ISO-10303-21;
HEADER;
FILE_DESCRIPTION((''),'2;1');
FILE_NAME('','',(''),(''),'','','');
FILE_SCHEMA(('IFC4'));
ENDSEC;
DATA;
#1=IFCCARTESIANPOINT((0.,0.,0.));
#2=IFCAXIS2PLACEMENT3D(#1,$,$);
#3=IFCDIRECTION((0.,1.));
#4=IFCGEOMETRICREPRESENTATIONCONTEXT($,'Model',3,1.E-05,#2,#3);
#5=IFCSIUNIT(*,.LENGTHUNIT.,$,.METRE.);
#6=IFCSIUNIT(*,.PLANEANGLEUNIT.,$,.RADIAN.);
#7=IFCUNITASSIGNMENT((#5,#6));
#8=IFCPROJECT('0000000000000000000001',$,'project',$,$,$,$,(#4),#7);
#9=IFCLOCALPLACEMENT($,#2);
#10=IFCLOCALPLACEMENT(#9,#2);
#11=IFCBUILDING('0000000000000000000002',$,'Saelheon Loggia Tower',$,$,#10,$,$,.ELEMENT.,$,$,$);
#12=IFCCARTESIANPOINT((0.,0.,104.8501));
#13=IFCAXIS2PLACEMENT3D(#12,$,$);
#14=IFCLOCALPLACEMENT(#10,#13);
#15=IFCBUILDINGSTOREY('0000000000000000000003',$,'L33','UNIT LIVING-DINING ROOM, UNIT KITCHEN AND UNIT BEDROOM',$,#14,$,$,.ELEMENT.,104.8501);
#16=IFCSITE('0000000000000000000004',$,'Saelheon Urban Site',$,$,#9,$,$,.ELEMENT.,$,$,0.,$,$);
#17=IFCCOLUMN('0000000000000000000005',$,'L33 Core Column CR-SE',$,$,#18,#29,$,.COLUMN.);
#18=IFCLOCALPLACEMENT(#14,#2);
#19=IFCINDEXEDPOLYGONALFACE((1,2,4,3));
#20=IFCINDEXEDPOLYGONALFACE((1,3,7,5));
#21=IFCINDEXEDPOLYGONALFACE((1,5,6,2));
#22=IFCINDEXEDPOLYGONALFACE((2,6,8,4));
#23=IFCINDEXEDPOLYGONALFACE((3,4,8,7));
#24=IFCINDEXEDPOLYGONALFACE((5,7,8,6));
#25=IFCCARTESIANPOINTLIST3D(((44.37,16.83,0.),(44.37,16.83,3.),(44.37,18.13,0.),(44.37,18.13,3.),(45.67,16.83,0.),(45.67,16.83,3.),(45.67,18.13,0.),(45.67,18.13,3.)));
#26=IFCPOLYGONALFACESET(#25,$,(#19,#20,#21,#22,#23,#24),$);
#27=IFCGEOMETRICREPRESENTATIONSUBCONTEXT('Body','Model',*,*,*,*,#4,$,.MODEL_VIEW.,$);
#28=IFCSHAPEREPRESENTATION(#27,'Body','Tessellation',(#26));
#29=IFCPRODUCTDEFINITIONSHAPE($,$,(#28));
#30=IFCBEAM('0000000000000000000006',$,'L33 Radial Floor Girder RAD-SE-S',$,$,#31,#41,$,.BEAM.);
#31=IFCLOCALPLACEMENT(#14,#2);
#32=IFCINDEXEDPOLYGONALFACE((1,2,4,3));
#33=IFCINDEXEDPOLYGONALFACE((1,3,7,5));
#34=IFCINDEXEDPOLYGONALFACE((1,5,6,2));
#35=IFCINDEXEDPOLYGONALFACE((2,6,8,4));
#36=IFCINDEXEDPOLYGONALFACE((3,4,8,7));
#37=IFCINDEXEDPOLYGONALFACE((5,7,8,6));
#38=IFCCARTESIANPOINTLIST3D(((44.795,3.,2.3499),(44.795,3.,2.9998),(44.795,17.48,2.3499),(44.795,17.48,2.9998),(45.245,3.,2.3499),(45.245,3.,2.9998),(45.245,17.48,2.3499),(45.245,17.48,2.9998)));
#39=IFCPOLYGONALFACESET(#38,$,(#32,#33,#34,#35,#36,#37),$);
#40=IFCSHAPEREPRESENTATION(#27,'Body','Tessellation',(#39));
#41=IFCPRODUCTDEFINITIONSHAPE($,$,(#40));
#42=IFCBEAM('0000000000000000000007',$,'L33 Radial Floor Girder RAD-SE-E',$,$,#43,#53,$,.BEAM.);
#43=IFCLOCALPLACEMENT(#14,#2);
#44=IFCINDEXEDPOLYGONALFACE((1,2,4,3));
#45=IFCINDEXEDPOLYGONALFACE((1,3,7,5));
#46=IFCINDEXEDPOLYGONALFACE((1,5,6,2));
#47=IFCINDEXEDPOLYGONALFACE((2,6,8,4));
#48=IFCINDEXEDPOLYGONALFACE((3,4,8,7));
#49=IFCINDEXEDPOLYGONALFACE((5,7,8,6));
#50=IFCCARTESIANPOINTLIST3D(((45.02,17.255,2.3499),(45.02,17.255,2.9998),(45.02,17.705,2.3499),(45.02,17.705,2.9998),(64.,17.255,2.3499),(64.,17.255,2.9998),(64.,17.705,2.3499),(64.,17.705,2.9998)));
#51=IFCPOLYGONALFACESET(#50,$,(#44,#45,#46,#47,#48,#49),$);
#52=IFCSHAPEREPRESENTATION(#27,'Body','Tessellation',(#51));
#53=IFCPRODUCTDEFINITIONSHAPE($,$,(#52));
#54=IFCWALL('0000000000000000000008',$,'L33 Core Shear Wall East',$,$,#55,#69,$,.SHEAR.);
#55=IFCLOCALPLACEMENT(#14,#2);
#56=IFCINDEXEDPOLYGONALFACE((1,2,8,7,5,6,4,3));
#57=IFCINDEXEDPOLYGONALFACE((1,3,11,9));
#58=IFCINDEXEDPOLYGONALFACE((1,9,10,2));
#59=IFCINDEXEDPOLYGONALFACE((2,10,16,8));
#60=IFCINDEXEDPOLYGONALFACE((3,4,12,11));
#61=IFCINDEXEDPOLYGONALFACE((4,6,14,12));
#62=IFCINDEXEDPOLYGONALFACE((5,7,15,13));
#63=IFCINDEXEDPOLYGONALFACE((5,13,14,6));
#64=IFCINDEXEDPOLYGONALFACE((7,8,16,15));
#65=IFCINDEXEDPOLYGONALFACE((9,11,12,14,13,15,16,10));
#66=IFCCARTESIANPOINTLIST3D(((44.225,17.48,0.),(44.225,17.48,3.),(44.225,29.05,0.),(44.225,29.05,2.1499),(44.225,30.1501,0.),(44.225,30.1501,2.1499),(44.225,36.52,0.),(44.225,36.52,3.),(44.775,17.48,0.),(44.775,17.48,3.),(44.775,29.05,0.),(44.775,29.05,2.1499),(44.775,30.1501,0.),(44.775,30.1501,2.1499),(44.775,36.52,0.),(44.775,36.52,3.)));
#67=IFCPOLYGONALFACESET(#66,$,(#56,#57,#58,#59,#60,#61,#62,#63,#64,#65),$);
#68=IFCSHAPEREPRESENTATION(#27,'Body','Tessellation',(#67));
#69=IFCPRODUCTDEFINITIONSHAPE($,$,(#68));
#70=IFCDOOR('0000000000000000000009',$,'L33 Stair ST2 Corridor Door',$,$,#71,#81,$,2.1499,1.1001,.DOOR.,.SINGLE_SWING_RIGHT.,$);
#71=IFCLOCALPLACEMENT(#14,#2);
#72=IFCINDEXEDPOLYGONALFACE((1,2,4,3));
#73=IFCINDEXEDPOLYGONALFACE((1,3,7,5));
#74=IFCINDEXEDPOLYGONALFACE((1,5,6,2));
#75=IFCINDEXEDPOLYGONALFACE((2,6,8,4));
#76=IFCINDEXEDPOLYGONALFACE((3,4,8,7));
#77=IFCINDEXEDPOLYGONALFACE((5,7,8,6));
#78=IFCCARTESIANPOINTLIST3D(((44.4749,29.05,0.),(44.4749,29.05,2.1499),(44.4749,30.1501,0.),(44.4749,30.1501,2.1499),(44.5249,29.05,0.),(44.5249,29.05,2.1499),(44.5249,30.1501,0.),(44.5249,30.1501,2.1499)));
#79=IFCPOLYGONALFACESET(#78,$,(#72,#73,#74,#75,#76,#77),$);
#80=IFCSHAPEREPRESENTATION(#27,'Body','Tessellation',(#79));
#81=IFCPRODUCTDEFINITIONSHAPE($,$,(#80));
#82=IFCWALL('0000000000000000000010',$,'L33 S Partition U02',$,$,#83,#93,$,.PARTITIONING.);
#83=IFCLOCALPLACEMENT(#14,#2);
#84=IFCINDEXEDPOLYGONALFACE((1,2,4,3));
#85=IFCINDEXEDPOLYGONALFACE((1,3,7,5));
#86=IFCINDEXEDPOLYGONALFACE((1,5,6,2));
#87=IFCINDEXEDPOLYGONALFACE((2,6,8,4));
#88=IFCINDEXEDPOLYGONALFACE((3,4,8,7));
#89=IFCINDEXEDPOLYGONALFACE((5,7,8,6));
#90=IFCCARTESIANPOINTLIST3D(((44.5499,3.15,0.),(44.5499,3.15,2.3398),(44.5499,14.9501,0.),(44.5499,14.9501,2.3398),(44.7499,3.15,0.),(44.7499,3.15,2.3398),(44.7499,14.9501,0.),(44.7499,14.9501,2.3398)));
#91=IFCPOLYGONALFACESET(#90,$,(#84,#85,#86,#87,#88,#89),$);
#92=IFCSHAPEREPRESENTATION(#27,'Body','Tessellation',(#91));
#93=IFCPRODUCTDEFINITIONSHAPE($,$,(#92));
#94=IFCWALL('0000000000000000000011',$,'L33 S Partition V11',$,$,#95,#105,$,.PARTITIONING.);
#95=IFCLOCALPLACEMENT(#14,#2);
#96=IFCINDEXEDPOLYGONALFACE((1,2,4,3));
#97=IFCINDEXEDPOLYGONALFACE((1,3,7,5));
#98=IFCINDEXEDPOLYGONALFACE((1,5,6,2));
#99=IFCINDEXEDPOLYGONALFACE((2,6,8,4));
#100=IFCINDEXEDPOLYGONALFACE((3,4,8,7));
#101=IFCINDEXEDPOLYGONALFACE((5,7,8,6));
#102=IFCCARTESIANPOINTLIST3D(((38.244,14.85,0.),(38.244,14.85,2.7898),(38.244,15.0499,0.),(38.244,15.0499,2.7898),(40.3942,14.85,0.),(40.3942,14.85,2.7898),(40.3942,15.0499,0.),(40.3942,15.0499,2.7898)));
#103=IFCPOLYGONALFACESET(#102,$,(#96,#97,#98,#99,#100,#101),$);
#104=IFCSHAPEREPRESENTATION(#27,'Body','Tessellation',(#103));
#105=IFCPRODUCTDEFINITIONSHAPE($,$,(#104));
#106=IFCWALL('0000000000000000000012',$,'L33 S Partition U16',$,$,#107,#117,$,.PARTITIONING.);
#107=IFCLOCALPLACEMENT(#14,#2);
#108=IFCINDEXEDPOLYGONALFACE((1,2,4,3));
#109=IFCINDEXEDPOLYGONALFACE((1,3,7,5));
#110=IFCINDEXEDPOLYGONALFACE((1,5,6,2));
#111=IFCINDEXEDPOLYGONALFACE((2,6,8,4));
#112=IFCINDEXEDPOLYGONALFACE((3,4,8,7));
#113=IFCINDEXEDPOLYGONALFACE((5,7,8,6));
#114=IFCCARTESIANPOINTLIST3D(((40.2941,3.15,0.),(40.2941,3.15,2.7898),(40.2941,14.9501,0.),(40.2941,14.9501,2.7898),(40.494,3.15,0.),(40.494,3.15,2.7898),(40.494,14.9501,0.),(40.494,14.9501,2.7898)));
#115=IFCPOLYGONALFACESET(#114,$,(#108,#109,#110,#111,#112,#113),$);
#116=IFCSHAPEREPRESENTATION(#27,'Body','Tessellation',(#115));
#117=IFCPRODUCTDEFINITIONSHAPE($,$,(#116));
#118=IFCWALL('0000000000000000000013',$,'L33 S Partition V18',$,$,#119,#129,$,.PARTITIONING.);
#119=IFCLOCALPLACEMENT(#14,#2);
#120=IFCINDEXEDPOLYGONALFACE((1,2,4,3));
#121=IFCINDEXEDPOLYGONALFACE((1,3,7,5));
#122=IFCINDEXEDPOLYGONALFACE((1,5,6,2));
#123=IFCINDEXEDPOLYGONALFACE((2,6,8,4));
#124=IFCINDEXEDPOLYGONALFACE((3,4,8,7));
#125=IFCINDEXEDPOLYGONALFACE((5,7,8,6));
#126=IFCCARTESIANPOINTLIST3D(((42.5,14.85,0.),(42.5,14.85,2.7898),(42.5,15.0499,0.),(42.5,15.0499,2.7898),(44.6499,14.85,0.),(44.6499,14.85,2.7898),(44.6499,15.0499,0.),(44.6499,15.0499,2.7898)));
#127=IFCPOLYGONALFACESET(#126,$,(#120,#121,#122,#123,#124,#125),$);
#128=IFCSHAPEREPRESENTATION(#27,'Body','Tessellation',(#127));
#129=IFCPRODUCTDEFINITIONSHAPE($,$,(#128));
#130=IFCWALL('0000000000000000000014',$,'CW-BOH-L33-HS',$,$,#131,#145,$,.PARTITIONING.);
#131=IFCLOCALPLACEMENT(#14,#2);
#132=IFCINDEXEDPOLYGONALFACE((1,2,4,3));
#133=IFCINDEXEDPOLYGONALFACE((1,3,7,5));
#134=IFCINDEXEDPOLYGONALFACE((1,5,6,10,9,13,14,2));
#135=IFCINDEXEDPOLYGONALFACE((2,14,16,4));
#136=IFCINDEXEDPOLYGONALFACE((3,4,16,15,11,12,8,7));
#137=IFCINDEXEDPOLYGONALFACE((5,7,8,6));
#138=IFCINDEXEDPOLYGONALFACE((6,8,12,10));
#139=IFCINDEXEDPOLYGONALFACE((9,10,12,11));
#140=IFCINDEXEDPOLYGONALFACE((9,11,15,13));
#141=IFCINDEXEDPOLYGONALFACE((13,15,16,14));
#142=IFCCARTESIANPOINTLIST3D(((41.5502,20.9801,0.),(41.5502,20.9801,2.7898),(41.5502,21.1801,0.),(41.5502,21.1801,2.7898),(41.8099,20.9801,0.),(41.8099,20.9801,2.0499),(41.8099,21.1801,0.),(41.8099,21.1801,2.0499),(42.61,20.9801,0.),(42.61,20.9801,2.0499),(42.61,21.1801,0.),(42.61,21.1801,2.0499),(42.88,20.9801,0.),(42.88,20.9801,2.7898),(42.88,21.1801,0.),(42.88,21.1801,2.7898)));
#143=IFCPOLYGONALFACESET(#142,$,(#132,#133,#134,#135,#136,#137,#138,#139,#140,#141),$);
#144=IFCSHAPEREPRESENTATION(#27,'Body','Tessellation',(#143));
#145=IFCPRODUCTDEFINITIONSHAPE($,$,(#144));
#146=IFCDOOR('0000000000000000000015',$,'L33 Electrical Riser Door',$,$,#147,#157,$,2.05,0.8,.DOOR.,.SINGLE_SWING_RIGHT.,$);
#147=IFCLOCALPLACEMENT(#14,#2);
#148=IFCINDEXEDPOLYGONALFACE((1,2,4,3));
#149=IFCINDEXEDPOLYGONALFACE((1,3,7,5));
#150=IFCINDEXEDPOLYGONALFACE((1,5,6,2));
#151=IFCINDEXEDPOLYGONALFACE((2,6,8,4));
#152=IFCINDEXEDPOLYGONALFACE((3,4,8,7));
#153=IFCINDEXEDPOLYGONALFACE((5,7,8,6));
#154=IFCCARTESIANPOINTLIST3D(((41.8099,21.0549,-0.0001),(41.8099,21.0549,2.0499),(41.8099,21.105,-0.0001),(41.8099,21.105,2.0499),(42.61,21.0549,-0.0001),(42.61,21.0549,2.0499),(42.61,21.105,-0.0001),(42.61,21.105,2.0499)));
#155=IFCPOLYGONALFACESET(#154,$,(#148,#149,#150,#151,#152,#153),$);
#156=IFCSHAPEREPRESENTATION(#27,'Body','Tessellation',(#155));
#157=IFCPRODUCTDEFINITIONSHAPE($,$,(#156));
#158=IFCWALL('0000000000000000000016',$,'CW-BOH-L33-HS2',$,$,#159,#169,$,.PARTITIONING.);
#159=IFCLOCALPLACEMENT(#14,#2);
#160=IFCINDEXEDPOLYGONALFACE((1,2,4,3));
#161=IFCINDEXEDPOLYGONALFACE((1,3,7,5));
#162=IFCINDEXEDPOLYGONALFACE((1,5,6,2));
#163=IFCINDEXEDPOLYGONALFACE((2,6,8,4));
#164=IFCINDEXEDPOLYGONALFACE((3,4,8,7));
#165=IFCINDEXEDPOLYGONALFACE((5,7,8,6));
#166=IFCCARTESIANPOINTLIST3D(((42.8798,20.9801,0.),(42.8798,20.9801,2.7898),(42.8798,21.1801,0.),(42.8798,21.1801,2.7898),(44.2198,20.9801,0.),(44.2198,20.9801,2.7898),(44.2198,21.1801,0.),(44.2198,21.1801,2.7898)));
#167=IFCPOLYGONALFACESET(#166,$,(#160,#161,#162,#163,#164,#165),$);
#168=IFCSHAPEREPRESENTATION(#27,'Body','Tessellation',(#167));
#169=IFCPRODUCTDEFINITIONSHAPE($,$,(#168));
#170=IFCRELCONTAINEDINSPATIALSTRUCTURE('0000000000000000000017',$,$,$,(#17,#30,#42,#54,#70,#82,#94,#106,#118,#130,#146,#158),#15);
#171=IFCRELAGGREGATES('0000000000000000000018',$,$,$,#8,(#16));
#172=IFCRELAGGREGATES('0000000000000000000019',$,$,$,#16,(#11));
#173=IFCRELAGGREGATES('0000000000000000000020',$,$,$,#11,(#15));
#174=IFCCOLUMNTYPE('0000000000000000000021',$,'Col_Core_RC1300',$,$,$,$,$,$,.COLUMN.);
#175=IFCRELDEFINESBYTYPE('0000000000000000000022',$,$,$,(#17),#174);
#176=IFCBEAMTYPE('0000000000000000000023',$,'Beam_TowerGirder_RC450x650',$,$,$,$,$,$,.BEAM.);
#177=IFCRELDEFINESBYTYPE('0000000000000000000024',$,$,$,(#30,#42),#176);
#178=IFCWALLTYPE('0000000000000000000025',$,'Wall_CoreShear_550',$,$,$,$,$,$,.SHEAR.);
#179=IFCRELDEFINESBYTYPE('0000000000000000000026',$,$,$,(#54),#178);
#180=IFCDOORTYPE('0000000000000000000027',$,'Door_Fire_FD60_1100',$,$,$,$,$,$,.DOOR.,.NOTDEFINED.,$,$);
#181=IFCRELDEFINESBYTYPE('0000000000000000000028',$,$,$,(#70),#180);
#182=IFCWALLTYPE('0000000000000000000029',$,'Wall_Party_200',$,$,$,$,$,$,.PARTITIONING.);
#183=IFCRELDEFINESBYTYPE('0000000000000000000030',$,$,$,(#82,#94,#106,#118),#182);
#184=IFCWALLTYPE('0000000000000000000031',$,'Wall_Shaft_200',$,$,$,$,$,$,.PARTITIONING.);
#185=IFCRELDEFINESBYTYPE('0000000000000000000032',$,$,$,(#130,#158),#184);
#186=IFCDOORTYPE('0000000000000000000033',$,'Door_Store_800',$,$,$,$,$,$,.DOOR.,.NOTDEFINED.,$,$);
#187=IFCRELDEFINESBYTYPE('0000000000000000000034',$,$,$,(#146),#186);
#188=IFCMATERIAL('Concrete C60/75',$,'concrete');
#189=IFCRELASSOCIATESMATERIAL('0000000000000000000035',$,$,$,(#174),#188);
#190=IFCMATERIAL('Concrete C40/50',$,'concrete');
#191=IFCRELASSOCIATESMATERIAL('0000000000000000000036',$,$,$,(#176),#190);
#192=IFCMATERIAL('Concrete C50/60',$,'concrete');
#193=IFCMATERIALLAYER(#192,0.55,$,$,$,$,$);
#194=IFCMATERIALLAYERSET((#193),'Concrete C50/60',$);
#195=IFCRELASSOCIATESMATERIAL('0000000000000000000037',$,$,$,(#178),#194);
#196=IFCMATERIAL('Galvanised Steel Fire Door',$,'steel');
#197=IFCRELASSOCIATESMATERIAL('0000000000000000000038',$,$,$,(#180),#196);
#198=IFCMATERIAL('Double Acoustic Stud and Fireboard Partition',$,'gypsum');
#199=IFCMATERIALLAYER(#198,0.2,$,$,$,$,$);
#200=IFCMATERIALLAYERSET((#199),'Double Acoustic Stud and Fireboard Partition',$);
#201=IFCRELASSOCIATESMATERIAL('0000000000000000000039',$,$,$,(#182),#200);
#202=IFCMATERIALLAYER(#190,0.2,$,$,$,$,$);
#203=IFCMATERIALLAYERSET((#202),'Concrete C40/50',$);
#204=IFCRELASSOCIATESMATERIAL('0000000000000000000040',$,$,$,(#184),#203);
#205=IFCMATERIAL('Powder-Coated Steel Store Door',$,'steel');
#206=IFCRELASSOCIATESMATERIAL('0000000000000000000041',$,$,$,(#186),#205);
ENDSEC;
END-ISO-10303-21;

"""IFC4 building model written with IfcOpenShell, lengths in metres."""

from ifc_helpers import new_model, si_unit, direction, frame, frame_2d, origin, origin_2d, place, context, subcontext, project, spatial, rectangle, extrude, source, transform, mapped, material, layer, layer_set, material_profile, profile_set, type_object, element, fill, save


model = new_model("IFC4")

# Units and contexts
model_context = context("Model", 3, precision=1e-05, world=origin(), true_north=direction((0.0, 1.0)))
body_context = subcontext(model_context, "Body", "Model", "MODEL_VIEW")
ifc_project = project(units=[si_unit("LENGTHUNIT", "METRE"), si_unit("PLANEANGLEUNIT", "RADIAN")], contexts=[model_context])

# Site, building, storey
site_placement = place(None, origin())
site = spatial("IfcSite", under=ifc_project, at=site_placement, Name="Saelheon Urban Site", CompositionType="ELEMENT", RefElevation=0.0)
building_placement = place(site_placement, origin())
building = spatial("IfcBuilding", under=site, at=building_placement, Name="Saelheon Loggia Tower", CompositionType="ELEMENT")
storey_placement = place(building_placement, frame((0.0, 0.0, 104.8501)))
storey = spatial("IfcBuildingStorey", under=building, at=storey_placement, Name="L33", Description="UNIT LIVING-DINING ROOM, UNIT KITCHEN AND UNIT BEDROOM", CompositionType="ELEMENT", Elevation=104.8501)

# Column
ifc_material_1 = material(Name="Concrete C60/75", Category="concrete")
ifc_material_profile_1 = material_profile(ifc_material_1, rectangle(XDim=1.3, YDim=1.3, at=origin_2d()), Name="RC-1300x1300")
ifc_profile_set_1 = profile_set([ifc_material_profile_1], Name="Concrete C60/75")
column_type = type_object("IfcColumnType", Name="Col_Core_RC1300", PredefinedType="COLUMN", material=ifc_profile_set_1)
shared_shape_1 = source(origin(), body_context, "Body", "SweptSolid", [
    extrude(rectangle(XDim=1.3, YDim=1.3, at=origin_2d()), origin(), (0.0, 0.0, 1.0), 3.0),
])
column_placement = place(storey_placement, frame((45.02, 17.48, 0.0), z_axis=(0.0, 0.0, 1.0), x_axis=(1.0, 0.0, 0.0)))
element("IfcColumn", 1, at=column_placement, inside=storey, type_object=column_type, Name="L33 Core Column CR-SE", PredefinedType="COLUMN", context=body_context, shape_type="MappedRepresentation", body=[
    mapped(shared_shape_1, transform((0.0, 0.0, 0.0), scale=1.0)),
])

# Beams
ifc_material_2 = material(Name="Concrete C40/50", Category="concrete")
ifc_material_profile_2 = material_profile(ifc_material_2, rectangle(XDim=0.45, YDim=0.6499, at=origin_2d()), Name="RC-450x650")
ifc_profile_set_2 = profile_set([ifc_material_profile_2], Name="Concrete C40/50")
beam_type = type_object("IfcBeamType", Name="Beam_TowerGirder_RC450x650", PredefinedType="BEAM", material=ifc_profile_set_2)
shared_shape_2 = source(origin(), body_context, "Body", "SweptSolid", [
    extrude(rectangle(XDim=0.45, YDim=0.6499, at=origin_2d()), origin(), (0.0, 0.0, 1.0), 14.48),
])
beam_1_placement = place(storey_placement, frame((45.02, 17.48, 2.6748), z_axis=(0.0, -1.0, 0.0), x_axis=(1.0, 0.0, 0.0)))
element("IfcBeam", 2, at=beam_1_placement, inside=storey, type_object=beam_type, Name="L33 Radial Floor Girder RAD-SE-S", PredefinedType="BEAM", context=body_context, shape_type="MappedRepresentation", body=[
    mapped(shared_shape_2, transform((0.0, 0.0, 0.0), scale=1.0)),
])
shared_shape_3 = source(origin(), body_context, "Body", "SweptSolid", [
    extrude(rectangle(XDim=0.45, YDim=0.6499, at=origin_2d()), origin(), (0.0, 0.0, 1.0), 18.98),
])
beam_2_placement = place(storey_placement, frame((45.02, 17.48, 2.6748), z_axis=(1.0, 0.0, 0.0), x_axis=(0.0, 1.0, 0.0)))
element("IfcBeam", 3, at=beam_2_placement, inside=storey, type_object=beam_type, Name="L33 Radial Floor Girder RAD-SE-E", PredefinedType="BEAM", context=body_context, shape_type="MappedRepresentation", body=[
    mapped(shared_shape_3, transform((0.0, 0.0, 0.0), scale=1.0)),
])

# Wall, opening, door
ifc_material_3 = material(Name="Concrete C50/60", Category="concrete")
ifc_layer_1 = layer(ifc_material_3, 0.55)
ifc_layer_set_1 = layer_set([ifc_layer_1], Name="Concrete C50/60")
wall_type_1 = type_object("IfcWallType", Name="Wall_CoreShear_550", PredefinedType="SHEAR", material=ifc_layer_set_1)
wall_1_placement = place(storey_placement, frame((44.5, 17.48, 0.0), z_axis=(0.0, 0.0, 1.0), x_axis=(0.0, 1.0, 0.0)))
wall_1 = element("IfcWall", 4, at=wall_1_placement, inside=storey, type_object=wall_type_1, Name="L33 Core Shear Wall East", PredefinedType="SHEAR", context=body_context, shape_type="SweptSolid", body=[
    extrude(rectangle(XDim=19.04, YDim=0.55, at=frame_2d((9.52, 0.0))), origin(), (0.0, 0.0, 1.0), 3.0),
])
opening_1_placement = place(wall_1_placement, frame((12.6702, 0.0, 0.0), z_axis=(0.0, 0.0, 1.0), x_axis=(-1.0, 0.0, 0.0)))
opening_1 = element("IfcOpeningElement", 5, at=opening_1_placement, cuts=wall_1, PredefinedType="OPENING", context=body_context, shape_type="SweptSolid", body=[
    extrude(rectangle(XDim=1.1001, YDim=2.1499, at=frame_2d((0.55, 1.075))), frame((0.0, 0.2871, 0.0), z_axis=(0.0, -1.0, 0.0), x_axis=(1.0, 0.0, 0.0)), (0.0, 0.0, 1.0), 0.574),
])
ifc_material_4 = material(Name="Galvanised Steel Fire Door", Category="steel")
door_type_1 = type_object("IfcDoorType", Name="Door_Fire_FD60_1100", OperationType="NOTDEFINED", PredefinedType="DOOR", material=ifc_material_4)
shared_shape_4 = source(origin(), body_context, "Body", "SweptSolid", [
    extrude(rectangle(XDim=1.1001, YDim=2.1499, at=frame_2d((0.55, 1.075))), frame((0.0, 0.0249, 0.0), z_axis=(0.0, -1.0, 0.0), x_axis=(1.0, 0.0, 0.0)), (0.0, 0.0, 1.0), 0.05),
])
door_1_placement = place(opening_1_placement, origin())
door_1 = element("IfcDoor", 6, at=door_1_placement, inside=storey, type_object=door_type_1, Name="L33 Stair ST2 Corridor Door", OperationType="SINGLE_SWING_RIGHT", OverallHeight=2.1499, OverallWidth=1.1001, PredefinedType="DOOR", context=body_context, shape_type="MappedRepresentation", body=[
    mapped(shared_shape_4, transform((0.0, 0.0, 0.0), scale=1.0)),
])
fill(opening_1, door_1)

# Walls
ifc_material_5 = material(Name="Double Acoustic Stud and Fireboard Partition", Category="gypsum")
ifc_layer_2 = layer(ifc_material_5, 0.2)
ifc_layer_set_2 = layer_set([ifc_layer_2], Name="Double Acoustic Stud and Fireboard Partition")
wall_type_2 = type_object("IfcWallType", Name="Wall_Party_200", PredefinedType="PARTITIONING", material=ifc_layer_set_2)
wall_2_placement = place(storey_placement, frame((44.6499, 14.95, 0.0), z_axis=(0.0, 0.0, 1.0), x_axis=(0.0, -1.0, 0.0)))
element("IfcWall", 7, at=wall_2_placement, inside=storey, type_object=wall_type_2, Name="L33 S Partition U02", PredefinedType="PARTITIONING", context=body_context, shape_type="SweptSolid", body=[
    extrude(rectangle(XDim=11.8, YDim=0.2, at=frame_2d((5.8999, 0.0))), origin(), (0.0, 0.0, 1.0), 2.3398),
])
wall_3_placement = place(storey_placement, frame((38.2439, 14.95, 0.0), z_axis=(0.0, 0.0, 1.0), x_axis=(1.0, 0.0, 0.0)))
element("IfcWall", 8, at=wall_3_placement, inside=storey, type_object=wall_type_2, Name="L33 S Partition V11", PredefinedType="PARTITIONING", context=body_context, shape_type="SweptSolid", body=[
    extrude(rectangle(XDim=2.1501, YDim=0.2, at=frame_2d((1.0752, 0.0))), origin(), (0.0, 0.0, 1.0), 2.7898),
])
wall_4_placement = place(storey_placement, frame((40.394, 14.95, 0.0), z_axis=(0.0, 0.0, 1.0), x_axis=(0.0, -1.0, 0.0)))
element("IfcWall", 9, at=wall_4_placement, inside=storey, type_object=wall_type_2, Name="L33 S Partition U16", PredefinedType="PARTITIONING", context=body_context, shape_type="SweptSolid", body=[
    extrude(rectangle(XDim=11.8, YDim=0.2, at=frame_2d((5.8999, 0.0))), origin(), (0.0, 0.0, 1.0), 2.7898),
])

# Wall
wall_5_placement = place(storey_placement, frame((42.5, 14.95, 0.0), z_axis=(0.0, 0.0, 1.0), x_axis=(1.0, 0.0, 0.0)))
element("IfcWall", 10, at=wall_5_placement, inside=storey, type_object=wall_type_2, Name="L33 S Partition V18", PredefinedType="PARTITIONING", context=body_context, shape_type="SweptSolid", body=[
    extrude(rectangle(XDim=2.1499, YDim=0.2, at=frame_2d((1.075, 0.0))), origin(), (0.0, 0.0, 1.0), 2.7898),
])

# Wall, opening, door
ifc_layer_3 = layer(ifc_material_2, 0.2)
ifc_layer_set_3 = layer_set([ifc_layer_3], Name="Concrete C40/50")
wall_type_3 = type_object("IfcWallType", Name="Wall_Shaft_200", PredefinedType="PARTITIONING", material=ifc_layer_set_3)
wall_6_placement = place(storey_placement, frame((41.55, 21.0801, 0.0), z_axis=(0.0, 0.0, 1.0), x_axis=(1.0, 0.0, 0.0)))
wall_6 = element("IfcWall", 11, at=wall_6_placement, inside=storey, type_object=wall_type_3, Name="CW-BOH-L33-HS", PredefinedType="PARTITIONING", context=body_context, shape_type="SweptSolid", body=[
    extrude(rectangle(XDim=1.3298, YDim=0.2, at=frame_2d((0.665, 0.0))), origin(), (0.0, 0.0, 1.0), 2.7898),
])
opening_2_placement = place(wall_6_placement, frame((0.26, 0.0, 0.0)))
opening_2 = element("IfcOpeningElement", 12, at=opening_2_placement, cuts=wall_6, PredefinedType="OPENING", context=body_context, shape_type="SweptSolid", body=[
    extrude(rectangle(XDim=0.8, YDim=2.05, at=frame_2d((0.3999, 1.0249))), frame((0.0, 0.1121, 0.0), z_axis=(0.0, -1.0, 0.0), x_axis=(1.0, 0.0, 0.0)), (0.0, 0.0, 1.0), 0.2239),
])
ifc_material_6 = material(Name="Powder-Coated Steel Store Door", Category="steel")
door_type_2 = type_object("IfcDoorType", Name="Door_Store_800", OperationType="NOTDEFINED", PredefinedType="DOOR", material=ifc_material_6)
shared_shape_5 = source(origin(), body_context, "Body", "SweptSolid", [
    extrude(rectangle(XDim=0.8, YDim=2.05, at=frame_2d((0.3999, 1.0249))), frame((0.0, 0.0249, 0.0), z_axis=(0.0, -1.0, 0.0), x_axis=(1.0, 0.0, 0.0)), (0.0, 0.0, 1.0), 0.05),
])
door_2_placement = place(opening_2_placement, origin())
door_2 = element("IfcDoor", 13, at=door_2_placement, inside=storey, type_object=door_type_2, Name="L33 Electrical Riser Door", OperationType="SINGLE_SWING_RIGHT", OverallHeight=2.05, OverallWidth=0.8, PredefinedType="DOOR", context=body_context, shape_type="MappedRepresentation", body=[
    mapped(shared_shape_5, transform((0.0, 0.0, 0.0), scale=1.0)),
])
fill(opening_2, door_2)

# Wall
wall_7_placement = place(storey_placement, frame((42.8799, 21.0801, 0.0), z_axis=(0.0, 0.0, 1.0), x_axis=(1.0, 0.0, 0.0)))
element("IfcWall", 14, at=wall_7_placement, inside=storey, type_object=wall_type_3, Name="CW-BOH-L33-HS2", PredefinedType="PARTITIONING", context=body_context, shape_type="SweptSolid", body=[
    extrude(rectangle(XDim=1.3401, YDim=0.2, at=frame_2d((0.6699, 0.0))), origin(), (0.0, 0.0, 1.0), 2.7898),
])

save(model, "model.ifc")
